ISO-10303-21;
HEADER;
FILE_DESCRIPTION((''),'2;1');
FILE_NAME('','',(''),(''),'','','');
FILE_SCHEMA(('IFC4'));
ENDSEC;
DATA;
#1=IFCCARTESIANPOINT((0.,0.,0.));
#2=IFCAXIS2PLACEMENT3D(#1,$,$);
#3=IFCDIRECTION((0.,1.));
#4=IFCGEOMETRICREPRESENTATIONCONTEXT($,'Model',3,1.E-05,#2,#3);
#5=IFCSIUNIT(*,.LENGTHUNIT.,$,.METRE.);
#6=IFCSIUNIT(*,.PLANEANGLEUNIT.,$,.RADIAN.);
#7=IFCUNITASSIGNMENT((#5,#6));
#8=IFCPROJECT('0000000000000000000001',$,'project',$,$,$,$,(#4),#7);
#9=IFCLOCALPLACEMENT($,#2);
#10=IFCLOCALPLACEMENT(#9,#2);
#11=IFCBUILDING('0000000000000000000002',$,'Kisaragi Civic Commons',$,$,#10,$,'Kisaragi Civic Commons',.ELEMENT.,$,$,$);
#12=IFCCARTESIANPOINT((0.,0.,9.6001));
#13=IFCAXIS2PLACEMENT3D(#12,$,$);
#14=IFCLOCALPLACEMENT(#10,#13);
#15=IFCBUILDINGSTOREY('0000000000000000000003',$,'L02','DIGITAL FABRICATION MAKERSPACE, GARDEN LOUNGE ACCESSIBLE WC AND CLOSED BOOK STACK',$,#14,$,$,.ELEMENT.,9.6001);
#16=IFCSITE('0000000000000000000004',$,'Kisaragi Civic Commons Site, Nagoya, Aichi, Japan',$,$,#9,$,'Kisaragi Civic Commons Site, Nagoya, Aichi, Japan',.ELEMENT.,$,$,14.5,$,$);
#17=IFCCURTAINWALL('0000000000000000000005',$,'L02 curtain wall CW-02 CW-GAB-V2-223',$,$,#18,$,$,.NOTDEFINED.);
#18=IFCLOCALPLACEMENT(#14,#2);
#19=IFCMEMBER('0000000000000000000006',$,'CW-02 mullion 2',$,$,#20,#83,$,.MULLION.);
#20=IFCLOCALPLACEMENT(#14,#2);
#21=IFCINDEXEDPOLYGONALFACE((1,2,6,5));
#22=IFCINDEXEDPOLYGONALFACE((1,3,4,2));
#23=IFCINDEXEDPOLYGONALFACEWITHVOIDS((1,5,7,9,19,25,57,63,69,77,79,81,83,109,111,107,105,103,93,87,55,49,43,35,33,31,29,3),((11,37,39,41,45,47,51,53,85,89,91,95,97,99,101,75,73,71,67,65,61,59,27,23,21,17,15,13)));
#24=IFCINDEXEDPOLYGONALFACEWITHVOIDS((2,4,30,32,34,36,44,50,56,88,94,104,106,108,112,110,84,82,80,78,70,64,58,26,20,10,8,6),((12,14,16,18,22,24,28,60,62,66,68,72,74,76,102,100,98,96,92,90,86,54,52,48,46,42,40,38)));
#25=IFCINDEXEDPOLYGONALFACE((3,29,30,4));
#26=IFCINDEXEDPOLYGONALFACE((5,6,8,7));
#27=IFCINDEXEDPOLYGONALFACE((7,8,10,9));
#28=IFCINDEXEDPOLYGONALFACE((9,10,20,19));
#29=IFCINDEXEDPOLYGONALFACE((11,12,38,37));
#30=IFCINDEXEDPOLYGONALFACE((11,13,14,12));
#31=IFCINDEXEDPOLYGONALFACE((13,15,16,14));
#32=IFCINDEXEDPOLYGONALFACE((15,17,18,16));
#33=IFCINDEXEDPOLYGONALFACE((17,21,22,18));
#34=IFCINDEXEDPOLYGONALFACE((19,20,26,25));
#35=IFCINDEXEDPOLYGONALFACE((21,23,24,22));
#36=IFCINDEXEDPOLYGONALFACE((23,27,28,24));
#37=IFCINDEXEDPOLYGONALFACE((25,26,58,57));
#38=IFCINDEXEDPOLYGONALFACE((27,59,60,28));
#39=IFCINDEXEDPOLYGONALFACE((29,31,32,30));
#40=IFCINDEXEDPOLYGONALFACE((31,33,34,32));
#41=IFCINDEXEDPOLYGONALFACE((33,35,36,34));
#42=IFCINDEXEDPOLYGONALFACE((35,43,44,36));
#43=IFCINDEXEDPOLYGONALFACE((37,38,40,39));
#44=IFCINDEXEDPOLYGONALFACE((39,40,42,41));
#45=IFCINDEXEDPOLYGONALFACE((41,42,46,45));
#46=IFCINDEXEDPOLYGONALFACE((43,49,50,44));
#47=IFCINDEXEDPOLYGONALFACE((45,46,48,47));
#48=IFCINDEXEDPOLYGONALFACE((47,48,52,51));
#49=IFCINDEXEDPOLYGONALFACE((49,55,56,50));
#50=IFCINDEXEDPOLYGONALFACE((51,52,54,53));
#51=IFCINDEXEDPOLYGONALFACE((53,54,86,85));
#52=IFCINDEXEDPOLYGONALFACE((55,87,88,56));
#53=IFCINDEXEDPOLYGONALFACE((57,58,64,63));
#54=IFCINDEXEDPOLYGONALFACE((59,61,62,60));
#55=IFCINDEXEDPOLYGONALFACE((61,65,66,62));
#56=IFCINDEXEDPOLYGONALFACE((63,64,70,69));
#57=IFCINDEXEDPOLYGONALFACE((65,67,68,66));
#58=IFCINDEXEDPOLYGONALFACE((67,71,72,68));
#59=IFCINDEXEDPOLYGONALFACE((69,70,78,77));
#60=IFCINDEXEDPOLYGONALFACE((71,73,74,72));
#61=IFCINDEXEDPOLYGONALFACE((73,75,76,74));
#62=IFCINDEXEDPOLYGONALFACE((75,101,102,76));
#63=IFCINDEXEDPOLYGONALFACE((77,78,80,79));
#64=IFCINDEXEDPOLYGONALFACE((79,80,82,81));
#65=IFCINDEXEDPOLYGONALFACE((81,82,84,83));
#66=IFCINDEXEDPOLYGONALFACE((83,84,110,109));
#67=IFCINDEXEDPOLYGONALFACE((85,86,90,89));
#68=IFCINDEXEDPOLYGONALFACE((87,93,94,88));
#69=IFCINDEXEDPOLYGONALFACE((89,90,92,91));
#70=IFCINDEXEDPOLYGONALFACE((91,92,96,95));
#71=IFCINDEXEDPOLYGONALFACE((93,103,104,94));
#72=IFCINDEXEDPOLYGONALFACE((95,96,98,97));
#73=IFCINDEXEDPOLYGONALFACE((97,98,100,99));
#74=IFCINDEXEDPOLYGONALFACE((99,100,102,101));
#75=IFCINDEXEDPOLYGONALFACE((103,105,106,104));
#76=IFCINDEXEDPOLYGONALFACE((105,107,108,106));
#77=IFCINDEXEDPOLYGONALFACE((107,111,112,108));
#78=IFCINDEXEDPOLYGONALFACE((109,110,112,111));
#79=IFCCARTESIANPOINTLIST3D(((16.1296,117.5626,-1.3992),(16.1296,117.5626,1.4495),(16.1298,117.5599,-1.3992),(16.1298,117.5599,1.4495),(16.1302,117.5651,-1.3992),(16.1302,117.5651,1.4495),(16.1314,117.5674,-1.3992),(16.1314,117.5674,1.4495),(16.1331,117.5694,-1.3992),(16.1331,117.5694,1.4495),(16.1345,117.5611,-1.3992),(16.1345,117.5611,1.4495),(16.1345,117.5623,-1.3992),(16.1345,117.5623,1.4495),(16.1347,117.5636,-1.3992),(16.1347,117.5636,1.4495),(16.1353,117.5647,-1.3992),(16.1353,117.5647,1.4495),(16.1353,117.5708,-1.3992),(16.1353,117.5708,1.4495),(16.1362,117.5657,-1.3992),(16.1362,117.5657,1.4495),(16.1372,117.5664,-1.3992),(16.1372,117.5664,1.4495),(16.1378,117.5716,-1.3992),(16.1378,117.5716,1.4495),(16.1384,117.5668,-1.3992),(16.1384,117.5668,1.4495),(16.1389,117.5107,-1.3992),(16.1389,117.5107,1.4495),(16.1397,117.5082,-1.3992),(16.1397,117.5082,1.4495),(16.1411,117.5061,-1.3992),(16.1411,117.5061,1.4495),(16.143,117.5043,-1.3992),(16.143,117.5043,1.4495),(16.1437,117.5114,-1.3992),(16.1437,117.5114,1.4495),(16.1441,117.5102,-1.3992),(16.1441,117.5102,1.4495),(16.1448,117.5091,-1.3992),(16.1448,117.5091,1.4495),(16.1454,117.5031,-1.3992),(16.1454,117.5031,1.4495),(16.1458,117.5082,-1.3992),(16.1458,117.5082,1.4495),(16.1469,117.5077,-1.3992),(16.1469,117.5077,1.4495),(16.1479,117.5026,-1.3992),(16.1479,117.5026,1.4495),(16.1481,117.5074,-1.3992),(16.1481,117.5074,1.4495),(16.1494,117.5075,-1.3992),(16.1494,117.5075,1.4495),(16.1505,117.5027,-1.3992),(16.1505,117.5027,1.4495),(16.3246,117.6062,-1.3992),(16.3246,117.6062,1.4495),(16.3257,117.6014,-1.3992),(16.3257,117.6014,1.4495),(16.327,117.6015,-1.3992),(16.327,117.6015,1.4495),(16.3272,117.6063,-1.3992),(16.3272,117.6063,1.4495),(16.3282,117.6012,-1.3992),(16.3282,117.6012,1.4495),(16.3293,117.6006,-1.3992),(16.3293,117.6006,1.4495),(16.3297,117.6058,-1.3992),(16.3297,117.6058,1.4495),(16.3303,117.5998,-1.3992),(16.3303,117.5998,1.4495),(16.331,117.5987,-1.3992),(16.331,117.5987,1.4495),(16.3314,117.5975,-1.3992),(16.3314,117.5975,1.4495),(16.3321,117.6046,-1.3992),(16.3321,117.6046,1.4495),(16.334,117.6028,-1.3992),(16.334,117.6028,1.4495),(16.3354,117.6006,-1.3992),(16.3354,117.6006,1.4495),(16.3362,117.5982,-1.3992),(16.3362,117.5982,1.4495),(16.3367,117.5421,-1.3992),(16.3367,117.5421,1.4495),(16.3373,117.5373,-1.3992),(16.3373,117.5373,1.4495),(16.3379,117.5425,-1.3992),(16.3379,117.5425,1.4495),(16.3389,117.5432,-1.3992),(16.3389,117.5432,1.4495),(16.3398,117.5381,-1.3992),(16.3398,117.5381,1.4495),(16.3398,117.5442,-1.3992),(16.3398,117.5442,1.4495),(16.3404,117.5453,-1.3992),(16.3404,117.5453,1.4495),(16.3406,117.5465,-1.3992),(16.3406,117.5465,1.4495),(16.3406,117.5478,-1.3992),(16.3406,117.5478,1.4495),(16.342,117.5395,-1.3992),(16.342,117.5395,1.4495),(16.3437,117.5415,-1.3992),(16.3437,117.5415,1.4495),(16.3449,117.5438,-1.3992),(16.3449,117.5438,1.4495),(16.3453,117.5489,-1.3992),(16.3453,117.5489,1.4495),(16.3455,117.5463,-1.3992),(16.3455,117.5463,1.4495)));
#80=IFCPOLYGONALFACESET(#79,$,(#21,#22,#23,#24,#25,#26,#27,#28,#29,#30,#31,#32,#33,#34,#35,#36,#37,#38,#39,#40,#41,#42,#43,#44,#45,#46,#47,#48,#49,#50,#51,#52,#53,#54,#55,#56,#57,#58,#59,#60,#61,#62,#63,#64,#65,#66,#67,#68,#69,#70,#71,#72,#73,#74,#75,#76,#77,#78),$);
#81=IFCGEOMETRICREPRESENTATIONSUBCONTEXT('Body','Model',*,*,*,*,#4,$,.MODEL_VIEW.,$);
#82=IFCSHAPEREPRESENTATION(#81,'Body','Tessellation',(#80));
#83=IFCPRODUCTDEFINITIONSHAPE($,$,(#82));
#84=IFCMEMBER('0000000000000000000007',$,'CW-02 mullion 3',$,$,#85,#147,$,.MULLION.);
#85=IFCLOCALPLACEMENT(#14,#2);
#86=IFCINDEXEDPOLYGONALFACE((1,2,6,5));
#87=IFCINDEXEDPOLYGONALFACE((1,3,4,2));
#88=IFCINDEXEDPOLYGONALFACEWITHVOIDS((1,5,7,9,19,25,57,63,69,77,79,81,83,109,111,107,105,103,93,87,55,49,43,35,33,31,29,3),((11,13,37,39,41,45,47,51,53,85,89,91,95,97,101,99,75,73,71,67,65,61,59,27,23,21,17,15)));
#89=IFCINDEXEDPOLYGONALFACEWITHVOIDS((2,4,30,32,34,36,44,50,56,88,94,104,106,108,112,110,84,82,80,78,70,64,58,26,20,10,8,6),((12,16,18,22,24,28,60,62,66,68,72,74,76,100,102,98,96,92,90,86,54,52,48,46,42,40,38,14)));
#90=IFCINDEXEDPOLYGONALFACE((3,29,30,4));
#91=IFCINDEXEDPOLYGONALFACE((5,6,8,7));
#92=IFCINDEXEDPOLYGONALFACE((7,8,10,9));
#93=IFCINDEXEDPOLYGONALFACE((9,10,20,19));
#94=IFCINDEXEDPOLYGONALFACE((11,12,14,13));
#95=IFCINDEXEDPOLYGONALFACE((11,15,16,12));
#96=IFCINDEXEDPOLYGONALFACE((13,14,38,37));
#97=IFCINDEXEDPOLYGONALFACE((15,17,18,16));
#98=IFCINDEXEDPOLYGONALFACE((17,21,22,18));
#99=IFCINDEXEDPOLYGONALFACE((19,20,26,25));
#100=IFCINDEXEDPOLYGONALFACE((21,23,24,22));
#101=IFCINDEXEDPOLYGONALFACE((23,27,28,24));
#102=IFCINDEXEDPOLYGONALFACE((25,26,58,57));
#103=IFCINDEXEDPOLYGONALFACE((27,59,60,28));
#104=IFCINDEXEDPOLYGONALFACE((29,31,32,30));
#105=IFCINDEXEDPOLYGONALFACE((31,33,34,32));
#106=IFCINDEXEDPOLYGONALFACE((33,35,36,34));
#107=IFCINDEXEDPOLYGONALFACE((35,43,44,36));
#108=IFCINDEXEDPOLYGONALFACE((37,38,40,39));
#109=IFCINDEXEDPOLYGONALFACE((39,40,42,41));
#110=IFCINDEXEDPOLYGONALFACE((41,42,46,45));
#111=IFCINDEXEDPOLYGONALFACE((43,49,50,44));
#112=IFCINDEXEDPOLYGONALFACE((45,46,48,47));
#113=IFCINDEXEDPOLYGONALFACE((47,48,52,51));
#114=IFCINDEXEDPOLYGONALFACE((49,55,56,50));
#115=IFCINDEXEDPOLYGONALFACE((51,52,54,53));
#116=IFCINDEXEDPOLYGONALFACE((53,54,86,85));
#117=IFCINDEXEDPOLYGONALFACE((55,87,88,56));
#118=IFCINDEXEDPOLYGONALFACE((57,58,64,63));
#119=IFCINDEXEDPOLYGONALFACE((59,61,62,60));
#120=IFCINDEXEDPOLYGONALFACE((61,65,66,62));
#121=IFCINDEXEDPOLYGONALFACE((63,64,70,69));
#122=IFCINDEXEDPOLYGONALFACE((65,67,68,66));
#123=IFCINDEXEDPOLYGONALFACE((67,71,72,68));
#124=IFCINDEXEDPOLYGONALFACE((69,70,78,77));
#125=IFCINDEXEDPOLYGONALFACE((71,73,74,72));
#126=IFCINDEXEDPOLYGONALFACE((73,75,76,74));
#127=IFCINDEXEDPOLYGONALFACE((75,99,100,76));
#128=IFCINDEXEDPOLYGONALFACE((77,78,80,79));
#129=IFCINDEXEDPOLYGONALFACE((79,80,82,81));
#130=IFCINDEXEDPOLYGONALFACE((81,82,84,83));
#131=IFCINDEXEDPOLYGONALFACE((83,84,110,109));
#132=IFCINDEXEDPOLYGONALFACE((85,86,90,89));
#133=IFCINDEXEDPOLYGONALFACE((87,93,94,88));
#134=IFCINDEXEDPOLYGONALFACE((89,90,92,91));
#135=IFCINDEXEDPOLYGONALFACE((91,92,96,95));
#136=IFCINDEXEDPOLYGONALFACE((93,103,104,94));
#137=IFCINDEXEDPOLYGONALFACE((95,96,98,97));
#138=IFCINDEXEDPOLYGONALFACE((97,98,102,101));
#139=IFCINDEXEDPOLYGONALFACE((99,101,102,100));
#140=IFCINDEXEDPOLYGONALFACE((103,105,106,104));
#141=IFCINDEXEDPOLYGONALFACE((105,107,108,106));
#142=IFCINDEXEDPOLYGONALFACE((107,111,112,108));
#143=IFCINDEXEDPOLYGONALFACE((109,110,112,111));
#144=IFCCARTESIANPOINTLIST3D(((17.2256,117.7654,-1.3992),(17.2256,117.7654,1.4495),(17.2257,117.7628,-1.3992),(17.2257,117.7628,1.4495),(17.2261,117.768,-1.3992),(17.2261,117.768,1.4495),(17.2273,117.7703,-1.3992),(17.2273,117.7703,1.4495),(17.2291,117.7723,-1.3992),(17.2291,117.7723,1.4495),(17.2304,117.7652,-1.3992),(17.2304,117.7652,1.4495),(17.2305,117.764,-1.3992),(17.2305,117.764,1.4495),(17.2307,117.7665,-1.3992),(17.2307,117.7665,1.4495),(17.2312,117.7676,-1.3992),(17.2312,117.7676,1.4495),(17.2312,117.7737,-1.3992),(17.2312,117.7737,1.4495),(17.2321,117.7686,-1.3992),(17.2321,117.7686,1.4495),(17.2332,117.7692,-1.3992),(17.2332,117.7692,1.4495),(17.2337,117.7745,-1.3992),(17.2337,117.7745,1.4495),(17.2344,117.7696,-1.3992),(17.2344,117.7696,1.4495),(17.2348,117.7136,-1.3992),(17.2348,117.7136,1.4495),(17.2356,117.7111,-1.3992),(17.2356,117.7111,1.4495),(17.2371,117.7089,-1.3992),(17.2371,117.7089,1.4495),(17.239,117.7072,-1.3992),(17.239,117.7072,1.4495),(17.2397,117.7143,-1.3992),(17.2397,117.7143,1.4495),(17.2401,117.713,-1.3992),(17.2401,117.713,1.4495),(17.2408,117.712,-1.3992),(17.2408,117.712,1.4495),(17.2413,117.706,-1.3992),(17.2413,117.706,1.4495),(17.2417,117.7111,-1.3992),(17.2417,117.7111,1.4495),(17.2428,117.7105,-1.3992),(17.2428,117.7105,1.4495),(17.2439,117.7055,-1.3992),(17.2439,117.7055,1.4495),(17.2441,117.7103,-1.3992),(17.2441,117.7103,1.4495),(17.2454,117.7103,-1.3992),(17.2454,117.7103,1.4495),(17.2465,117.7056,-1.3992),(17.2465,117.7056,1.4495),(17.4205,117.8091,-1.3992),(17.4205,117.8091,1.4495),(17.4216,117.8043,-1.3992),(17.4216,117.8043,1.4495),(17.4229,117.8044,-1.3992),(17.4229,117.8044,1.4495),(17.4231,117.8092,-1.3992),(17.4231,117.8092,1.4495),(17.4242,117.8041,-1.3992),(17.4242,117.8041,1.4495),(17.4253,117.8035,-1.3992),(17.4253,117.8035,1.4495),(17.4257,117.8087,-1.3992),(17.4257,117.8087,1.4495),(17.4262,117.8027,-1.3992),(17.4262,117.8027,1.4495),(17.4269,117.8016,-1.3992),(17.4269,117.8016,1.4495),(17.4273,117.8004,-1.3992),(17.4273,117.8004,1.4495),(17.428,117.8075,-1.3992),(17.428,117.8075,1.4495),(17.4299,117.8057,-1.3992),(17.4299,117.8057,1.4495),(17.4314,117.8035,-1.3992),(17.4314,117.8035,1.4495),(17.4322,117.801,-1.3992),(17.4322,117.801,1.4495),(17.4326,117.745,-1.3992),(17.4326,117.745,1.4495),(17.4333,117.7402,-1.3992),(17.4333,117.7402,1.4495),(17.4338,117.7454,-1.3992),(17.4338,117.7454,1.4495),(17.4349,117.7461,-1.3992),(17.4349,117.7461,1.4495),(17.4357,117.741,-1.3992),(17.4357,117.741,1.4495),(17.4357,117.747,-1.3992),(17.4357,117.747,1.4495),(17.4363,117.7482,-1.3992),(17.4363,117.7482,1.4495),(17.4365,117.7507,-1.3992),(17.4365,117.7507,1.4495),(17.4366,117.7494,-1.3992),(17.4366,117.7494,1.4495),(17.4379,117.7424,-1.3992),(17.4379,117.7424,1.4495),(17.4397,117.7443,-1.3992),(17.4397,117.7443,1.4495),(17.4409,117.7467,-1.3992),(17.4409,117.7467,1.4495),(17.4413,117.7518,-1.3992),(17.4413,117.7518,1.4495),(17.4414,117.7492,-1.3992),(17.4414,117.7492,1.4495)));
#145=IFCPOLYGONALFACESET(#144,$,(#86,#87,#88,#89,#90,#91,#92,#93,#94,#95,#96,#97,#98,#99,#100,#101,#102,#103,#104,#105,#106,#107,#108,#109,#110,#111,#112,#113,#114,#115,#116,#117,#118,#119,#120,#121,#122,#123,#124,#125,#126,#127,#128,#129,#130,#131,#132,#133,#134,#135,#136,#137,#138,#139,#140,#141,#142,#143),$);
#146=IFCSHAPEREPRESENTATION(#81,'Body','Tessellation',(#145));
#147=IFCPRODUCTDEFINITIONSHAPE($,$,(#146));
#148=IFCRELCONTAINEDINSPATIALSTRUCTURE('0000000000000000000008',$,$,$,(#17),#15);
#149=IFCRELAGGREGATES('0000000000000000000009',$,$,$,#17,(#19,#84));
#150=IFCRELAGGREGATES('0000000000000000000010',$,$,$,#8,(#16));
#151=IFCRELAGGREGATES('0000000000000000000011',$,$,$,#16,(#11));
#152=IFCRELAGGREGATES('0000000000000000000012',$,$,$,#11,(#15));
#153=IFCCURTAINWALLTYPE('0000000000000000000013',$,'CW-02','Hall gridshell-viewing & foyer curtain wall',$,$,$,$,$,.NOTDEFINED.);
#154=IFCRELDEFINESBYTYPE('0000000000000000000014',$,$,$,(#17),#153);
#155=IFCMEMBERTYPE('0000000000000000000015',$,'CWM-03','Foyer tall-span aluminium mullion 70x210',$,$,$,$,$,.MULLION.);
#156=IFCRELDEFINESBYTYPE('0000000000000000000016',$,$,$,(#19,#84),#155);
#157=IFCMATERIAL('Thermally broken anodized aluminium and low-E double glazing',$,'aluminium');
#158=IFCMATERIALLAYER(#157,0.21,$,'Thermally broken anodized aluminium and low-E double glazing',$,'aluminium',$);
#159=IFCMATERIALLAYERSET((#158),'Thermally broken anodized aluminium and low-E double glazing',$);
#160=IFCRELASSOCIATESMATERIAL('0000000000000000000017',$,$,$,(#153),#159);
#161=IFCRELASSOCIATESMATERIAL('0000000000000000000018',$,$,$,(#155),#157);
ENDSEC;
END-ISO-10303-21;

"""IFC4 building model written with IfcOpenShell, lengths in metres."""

from ifc_helpers import new_model, si_unit, direction, frame, origin, origin_2d, place, context, subcontext, project, spatial, hollow_rectangle, extrude, material, layer, layer_set, material_profile, profile_set, type_object, element, aggregate, save


model = new_model("IFC4")

# Units and contexts
model_context = context("Model", 3, precision=1e-05, world=origin(), true_north=direction((0.0, 1.0)))
body_context = subcontext(model_context, "Body", "Model", "MODEL_VIEW")
ifc_project = project(units=[si_unit("LENGTHUNIT", "METRE"), si_unit("PLANEANGLEUNIT", "RADIAN")], contexts=[model_context])

# Site, building, storey
site_placement = place(None, origin())
site = spatial("IfcSite", under=ifc_project, at=site_placement, Name="Kisaragi Civic Commons Site, Nagoya, Aichi, Japan", LongName="Kisaragi Civic Commons Site, Nagoya, Aichi, Japan", CompositionType="ELEMENT", RefElevation=14.5)
building_placement = place(site_placement, origin())
building = spatial("IfcBuilding", under=site, at=building_placement, Name="Kisaragi Civic Commons", LongName="Kisaragi Civic Commons", CompositionType="ELEMENT")
storey_placement = place(building_placement, frame((0.0, 0.0, 9.6001)))
storey = spatial("IfcBuildingStorey", under=building, at=storey_placement, Name="L02", Description="DIGITAL FABRICATION MAKERSPACE, GARDEN LOUNGE ACCESSIBLE WC AND CLOSED BOOK STACK", CompositionType="ELEMENT", Elevation=9.6001)

# Shared definitions
ifc_material_1 = material(Name="Thermally broken anodized aluminium and low-E double glazing", Category="aluminium")

# Curtain wall, members
ifc_layer_1 = layer(ifc_material_1, 0.21, Name="Thermally broken anodized aluminium and low-E double glazing", Category="aluminium")
ifc_layer_set_1 = layer_set([ifc_layer_1], Name="Thermally broken anodized aluminium and low-E double glazing")
curtain_wall_type_1 = type_object("IfcCurtainWallType", Name="CW-02", Description="Hall gridshell-viewing & foyer curtain wall", PredefinedType="NOTDEFINED", material=ifc_layer_set_1)
curtain_wall_1_placement = place(storey_placement, origin())
curtain_wall_1 = element("IfcCurtainWall", 1, at=curtain_wall_1_placement, inside=storey, type_object=curtain_wall_type_1, Name="L02 curtain wall CW-02 CW-GAB-V2-223", PredefinedType="NOTDEFINED")
ifc_material_profile_1 = material_profile(ifc_material_1, hollow_rectangle(XDim=0.0701, YDim=0.21, WallThickness=0.0049, InnerFilletRadius=0.0049, OuterFilletRadius=0.01, at=origin_2d()), Name="CWM-70x210x5", Category="aluminium")
ifc_profile_set_1 = profile_set([ifc_material_profile_1], Name="Thermally broken anodized aluminium and low-E double glazing")
member_type_1 = type_object("IfcMemberType", Name="CWM-03", Description="Foyer tall-span aluminium mullion 70x210", PredefinedType="MULLION", material=ifc_profile_set_1)
member_1_placement = place(storey_placement, frame((16.2375, 117.5544, -1.3992), z_axis=(0.0, 0.0, 1.0), x_axis=(-0.182004, 0.983298, 0.0)))
member_1 = element("IfcMember", 2, at=member_1_placement, type_object=member_type_1, Name="CW-02 mullion 2", PredefinedType="MULLION", context=body_context, shape_type="SweptSolid", body=[
    extrude(hollow_rectangle(XDim=0.0701, YDim=0.21, WallThickness=0.0049, InnerFilletRadius=0.0049, OuterFilletRadius=0.01, at=origin_2d()), origin(), (0.0, 0.0, 1.0), 2.8486),
])
member_2_placement = place(storey_placement, frame((17.3335, 117.7573, -1.3992), z_axis=(0.0, 0.0, 1.0), x_axis=(-0.182004, 0.983298, 0.0)))
member_2 = element("IfcMember", 3, at=member_2_placement, type_object=member_type_1, Name="CW-02 mullion 3", PredefinedType="MULLION", context=body_context, shape_type="SweptSolid", body=[
    extrude(hollow_rectangle(XDim=0.0701, YDim=0.21, WallThickness=0.0049, InnerFilletRadius=0.0049, OuterFilletRadius=0.01, at=origin_2d()), origin(), (0.0, 0.0, 1.0), 2.8486),
])

aggregate(curtain_wall_1, [member_1, member_2])

save(model, "model.ifc")
